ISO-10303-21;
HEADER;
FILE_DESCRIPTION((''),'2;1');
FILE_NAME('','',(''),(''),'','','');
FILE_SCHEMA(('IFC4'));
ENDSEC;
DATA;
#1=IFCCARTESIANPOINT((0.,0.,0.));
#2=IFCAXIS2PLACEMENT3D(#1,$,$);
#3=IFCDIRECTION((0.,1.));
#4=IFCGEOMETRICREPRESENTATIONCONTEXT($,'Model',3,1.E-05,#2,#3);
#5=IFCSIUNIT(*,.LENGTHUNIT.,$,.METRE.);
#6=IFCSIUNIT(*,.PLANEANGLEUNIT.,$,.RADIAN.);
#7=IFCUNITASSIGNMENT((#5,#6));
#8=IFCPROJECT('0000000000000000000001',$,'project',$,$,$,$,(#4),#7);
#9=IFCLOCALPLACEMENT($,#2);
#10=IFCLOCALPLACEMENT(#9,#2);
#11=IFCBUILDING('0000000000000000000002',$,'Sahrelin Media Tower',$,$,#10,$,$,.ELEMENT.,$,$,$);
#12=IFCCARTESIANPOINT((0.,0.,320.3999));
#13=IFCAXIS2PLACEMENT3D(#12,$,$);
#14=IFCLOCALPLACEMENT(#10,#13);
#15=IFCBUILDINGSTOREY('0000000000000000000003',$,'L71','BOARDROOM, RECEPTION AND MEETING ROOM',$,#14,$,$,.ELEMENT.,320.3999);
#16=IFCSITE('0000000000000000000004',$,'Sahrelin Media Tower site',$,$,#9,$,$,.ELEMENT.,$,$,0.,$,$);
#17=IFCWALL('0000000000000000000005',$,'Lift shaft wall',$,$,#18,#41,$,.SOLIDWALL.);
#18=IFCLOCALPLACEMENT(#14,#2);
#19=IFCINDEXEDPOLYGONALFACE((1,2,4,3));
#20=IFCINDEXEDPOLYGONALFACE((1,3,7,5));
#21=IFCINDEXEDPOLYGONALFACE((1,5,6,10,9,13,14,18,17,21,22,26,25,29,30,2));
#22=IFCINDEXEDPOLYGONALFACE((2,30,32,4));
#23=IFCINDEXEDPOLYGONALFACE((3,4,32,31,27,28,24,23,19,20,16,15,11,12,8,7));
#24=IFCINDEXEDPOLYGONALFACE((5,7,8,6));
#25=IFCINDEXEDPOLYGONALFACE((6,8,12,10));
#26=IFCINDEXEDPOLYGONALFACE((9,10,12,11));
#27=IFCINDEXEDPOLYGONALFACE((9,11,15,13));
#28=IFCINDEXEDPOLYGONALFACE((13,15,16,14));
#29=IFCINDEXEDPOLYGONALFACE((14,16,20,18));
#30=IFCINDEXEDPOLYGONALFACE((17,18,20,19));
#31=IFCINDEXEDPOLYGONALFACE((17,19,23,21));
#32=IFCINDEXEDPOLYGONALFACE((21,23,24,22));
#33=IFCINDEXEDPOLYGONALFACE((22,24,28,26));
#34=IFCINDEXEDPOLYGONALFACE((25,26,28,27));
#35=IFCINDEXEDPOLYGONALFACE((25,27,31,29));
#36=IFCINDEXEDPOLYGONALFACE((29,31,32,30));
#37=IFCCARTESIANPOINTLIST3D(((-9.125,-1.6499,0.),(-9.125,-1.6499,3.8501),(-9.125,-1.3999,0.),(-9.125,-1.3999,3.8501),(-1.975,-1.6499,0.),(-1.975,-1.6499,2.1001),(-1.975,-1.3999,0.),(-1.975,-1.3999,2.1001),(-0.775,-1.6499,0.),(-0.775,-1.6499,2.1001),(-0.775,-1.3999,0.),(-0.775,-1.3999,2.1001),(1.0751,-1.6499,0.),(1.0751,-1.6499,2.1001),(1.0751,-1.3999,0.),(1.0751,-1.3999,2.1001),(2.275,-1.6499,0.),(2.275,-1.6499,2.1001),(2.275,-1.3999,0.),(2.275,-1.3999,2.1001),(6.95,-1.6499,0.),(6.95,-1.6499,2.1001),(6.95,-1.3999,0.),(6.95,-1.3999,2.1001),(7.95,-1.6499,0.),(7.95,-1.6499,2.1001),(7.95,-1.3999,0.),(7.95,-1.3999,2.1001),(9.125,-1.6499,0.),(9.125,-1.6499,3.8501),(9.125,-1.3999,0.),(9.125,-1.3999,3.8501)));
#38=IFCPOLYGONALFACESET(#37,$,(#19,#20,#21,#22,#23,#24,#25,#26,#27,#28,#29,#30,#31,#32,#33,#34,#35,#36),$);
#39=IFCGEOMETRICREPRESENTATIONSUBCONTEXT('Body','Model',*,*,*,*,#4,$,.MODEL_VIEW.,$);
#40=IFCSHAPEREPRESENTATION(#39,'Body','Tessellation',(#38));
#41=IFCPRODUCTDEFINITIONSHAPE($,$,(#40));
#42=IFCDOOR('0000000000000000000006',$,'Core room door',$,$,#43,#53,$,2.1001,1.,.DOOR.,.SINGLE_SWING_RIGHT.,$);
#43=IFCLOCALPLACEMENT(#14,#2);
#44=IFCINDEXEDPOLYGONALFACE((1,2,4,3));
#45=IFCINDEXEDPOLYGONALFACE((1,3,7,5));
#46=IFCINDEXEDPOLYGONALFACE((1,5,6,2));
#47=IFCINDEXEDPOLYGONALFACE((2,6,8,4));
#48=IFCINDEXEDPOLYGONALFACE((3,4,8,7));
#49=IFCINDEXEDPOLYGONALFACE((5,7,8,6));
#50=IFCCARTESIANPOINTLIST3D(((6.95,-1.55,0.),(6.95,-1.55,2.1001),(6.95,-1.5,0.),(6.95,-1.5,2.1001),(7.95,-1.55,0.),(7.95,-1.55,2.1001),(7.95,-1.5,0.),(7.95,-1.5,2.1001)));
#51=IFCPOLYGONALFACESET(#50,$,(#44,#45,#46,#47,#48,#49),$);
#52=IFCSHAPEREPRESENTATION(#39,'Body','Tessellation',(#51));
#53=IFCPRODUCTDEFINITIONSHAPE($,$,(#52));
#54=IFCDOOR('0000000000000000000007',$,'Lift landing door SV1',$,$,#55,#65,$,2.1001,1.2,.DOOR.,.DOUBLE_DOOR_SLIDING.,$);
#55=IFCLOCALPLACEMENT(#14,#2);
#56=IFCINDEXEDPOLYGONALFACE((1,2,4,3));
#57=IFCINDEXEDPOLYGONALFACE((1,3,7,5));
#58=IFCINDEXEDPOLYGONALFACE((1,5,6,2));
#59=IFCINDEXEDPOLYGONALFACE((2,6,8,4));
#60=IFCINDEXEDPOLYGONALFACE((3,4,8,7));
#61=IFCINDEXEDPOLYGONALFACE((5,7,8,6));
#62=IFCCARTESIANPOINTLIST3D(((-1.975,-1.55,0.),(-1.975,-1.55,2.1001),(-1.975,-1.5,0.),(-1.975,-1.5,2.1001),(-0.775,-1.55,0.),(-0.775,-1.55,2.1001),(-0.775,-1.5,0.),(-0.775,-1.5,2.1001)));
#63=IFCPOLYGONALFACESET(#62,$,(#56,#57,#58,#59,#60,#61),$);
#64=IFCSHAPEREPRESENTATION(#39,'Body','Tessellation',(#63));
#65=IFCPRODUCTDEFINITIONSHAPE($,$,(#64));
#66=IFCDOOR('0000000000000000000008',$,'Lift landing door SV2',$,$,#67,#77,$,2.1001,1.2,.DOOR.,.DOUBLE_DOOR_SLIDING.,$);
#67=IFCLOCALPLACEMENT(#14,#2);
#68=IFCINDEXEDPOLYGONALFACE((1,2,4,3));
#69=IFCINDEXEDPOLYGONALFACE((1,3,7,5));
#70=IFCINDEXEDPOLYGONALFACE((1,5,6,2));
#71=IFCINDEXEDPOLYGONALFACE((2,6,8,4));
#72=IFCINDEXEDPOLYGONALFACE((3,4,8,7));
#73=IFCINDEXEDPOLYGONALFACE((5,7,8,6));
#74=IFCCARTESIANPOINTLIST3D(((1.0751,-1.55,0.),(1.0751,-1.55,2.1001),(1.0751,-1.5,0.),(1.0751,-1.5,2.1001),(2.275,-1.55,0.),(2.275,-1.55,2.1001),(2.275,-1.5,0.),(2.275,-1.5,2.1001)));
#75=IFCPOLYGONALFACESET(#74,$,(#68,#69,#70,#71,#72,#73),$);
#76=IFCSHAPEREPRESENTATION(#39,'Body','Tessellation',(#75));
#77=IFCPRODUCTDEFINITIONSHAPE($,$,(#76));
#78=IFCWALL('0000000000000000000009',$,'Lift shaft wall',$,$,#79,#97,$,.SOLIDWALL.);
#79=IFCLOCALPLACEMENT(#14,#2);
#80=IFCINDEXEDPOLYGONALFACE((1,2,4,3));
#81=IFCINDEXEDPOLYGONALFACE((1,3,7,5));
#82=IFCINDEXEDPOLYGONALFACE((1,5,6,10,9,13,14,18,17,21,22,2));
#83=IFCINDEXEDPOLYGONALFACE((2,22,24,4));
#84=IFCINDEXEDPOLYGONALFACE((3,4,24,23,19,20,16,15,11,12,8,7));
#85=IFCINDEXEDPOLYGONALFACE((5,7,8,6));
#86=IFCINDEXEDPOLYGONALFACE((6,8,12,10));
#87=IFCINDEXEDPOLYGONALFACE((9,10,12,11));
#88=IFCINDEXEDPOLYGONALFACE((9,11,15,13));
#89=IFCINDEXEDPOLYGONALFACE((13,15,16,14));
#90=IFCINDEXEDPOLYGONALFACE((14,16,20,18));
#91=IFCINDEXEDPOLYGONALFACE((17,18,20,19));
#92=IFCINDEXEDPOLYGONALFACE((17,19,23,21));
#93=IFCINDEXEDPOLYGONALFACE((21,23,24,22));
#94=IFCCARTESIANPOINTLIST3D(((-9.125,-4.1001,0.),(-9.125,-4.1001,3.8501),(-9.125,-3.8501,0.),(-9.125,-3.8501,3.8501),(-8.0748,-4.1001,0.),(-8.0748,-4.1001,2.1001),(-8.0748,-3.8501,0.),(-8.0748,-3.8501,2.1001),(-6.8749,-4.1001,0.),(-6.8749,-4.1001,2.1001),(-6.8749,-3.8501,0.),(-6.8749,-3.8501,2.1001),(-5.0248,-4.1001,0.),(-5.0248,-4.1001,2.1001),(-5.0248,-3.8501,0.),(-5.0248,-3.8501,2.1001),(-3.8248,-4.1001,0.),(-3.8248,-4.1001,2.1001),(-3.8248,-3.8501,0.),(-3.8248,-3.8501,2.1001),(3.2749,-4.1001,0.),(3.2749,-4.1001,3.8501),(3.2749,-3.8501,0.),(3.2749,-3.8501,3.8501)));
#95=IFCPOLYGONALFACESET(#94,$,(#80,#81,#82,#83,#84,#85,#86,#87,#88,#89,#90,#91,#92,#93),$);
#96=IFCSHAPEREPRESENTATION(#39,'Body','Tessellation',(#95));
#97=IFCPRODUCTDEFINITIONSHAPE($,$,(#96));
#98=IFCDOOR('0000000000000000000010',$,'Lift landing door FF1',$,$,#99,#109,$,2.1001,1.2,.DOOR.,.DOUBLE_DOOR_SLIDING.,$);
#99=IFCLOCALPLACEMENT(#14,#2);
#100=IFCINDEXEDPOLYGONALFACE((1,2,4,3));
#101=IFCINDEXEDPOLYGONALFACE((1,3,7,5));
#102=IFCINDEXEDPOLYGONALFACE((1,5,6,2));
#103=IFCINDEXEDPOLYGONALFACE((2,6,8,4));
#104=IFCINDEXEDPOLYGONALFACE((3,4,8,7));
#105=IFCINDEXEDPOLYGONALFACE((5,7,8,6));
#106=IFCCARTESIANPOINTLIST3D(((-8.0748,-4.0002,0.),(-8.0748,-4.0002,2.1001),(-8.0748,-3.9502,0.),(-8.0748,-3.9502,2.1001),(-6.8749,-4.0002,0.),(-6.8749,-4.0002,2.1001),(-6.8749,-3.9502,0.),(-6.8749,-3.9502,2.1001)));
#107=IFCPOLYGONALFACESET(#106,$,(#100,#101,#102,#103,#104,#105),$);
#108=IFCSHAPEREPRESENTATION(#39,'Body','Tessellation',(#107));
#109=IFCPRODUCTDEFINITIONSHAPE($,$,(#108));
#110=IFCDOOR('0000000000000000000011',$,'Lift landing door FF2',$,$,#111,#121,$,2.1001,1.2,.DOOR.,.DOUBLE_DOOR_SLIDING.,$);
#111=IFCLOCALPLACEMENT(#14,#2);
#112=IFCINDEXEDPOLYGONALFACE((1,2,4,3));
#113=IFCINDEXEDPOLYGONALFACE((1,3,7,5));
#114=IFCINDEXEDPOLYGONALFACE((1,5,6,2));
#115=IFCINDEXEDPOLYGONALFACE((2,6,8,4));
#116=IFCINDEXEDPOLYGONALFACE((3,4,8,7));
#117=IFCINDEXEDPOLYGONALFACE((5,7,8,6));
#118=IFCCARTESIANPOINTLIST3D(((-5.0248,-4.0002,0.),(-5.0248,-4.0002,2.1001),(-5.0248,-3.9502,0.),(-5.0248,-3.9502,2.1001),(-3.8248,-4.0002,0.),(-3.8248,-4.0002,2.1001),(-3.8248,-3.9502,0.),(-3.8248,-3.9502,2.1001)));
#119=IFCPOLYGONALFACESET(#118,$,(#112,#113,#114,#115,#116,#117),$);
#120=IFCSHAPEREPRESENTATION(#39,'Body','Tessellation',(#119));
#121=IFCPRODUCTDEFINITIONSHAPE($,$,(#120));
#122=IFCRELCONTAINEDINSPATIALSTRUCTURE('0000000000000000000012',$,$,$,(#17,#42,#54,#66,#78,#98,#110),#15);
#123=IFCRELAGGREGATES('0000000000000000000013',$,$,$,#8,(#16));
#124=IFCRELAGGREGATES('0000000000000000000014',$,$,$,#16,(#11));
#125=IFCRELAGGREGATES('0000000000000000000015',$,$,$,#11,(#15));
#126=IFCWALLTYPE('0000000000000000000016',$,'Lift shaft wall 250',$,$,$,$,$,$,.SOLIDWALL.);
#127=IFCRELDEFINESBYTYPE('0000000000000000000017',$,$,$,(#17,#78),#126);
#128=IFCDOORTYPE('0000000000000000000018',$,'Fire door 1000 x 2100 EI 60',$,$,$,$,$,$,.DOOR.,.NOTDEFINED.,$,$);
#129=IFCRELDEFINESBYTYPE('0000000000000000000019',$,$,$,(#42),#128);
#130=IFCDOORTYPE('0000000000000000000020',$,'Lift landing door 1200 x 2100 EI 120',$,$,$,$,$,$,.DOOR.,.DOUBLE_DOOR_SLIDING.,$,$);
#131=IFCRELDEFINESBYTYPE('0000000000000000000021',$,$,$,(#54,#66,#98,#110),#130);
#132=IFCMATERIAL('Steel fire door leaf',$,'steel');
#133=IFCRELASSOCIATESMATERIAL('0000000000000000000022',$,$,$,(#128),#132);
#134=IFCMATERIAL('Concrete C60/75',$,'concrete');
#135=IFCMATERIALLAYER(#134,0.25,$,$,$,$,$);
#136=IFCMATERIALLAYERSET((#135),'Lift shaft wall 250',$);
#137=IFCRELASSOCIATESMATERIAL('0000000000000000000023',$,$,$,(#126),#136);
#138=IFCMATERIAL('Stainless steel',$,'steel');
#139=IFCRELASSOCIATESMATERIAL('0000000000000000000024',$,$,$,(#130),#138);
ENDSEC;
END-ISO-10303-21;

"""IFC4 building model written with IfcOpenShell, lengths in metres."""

from ifc_helpers import new_model, si_unit, direction, frame, frame_2d, origin, place, context, subcontext, project, spatial, rectangle, extrude, material, layer, layer_set, type_object, element, fill, save


model = new_model("IFC4")

# Units and contexts
model_context = context("Model", 3, precision=1e-05, world=origin(), true_north=direction((0.0, 1.0)))
body_context = subcontext(model_context, "Body", "Model", "MODEL_VIEW")
ifc_project = project(units=[si_unit("LENGTHUNIT", "METRE"), si_unit("PLANEANGLEUNIT", "RADIAN")], contexts=[model_context])

# Site, building, storey
site_placement = place(None, origin())
site = spatial("IfcSite", under=ifc_project, at=site_placement, Name="Sahrelin Media Tower site", CompositionType="ELEMENT", RefElevation=0.0)
building_placement = place(site_placement, origin())
building = spatial("IfcBuilding", under=site, at=building_placement, Name="Sahrelin Media Tower", CompositionType="ELEMENT")
storey_placement = place(building_placement, frame((0.0, 0.0, 320.3999)))
storey = spatial("IfcBuildingStorey", under=building, at=storey_placement, Name="L71", Description="BOARDROOM, RECEPTION AND MEETING ROOM", CompositionType="ELEMENT", Elevation=320.3999)

# Shared definitions
ifc_material_1 = material(Name="Concrete C60/75", Category="concrete")

# Shared definitions
ifc_material_2 = material(Name="Steel fire door leaf", Category="steel")
door_type_1 = type_object("IfcDoorType", Name="Fire door 1000 x 2100 EI 60", OperationType="NOTDEFINED", PredefinedType="DOOR", material=ifc_material_2)

# Walls, openings, doors
ifc_layer_1 = layer(ifc_material_1, 0.25)
ifc_layer_set_1 = layer_set([ifc_layer_1], Name="Lift shaft wall 250")
wall_type_1 = type_object("IfcWallType", Name="Lift shaft wall 250", PredefinedType="SOLIDWALL", material=ifc_layer_set_1)
wall_1_placement = place(storey_placement, frame((-9.125, -1.5249, 0.0), z_axis=(0.0, 0.0, 1.0), x_axis=(1.0, 0.0, 0.0)))
wall_1 = element("IfcWall", 1, at=wall_1_placement, inside=storey, type_object=wall_type_1, Name="Lift shaft wall", PredefinedType="SOLIDWALL", context=body_context, shape_type="SweptSolid", body=[
    extrude(rectangle(XDim=18.25, YDim=0.25, at=frame_2d((9.125, 0.0))), origin(), (0.0, 0.0, 1.0), 3.8501),
])
opening_1_placement = place(wall_1_placement, frame((7.1499, 0.0, 0.0)))
opening_1 = element("IfcOpeningElement", 2, at=opening_1_placement, cuts=wall_1, PredefinedType="OPENING", context=body_context, shape_type="SweptSolid", body=[
    extrude(rectangle(XDim=1.2, YDim=2.1001, at=frame_2d((0.6001, 1.05))), frame((0.0, 0.125, 0.0), z_axis=(0.0, -1.0, 0.0), x_axis=(1.0, 0.0, 0.0)), (0.0, 0.0, 1.0), 0.25),
])
opening_2_placement = place(wall_1_placement, frame((10.2, 0.0, 0.0)))
opening_2 = element("IfcOpeningElement", 3, at=opening_2_placement, cuts=wall_1, PredefinedType="OPENING", context=body_context, shape_type="SweptSolid", body=[
    extrude(rectangle(XDim=1.2, YDim=2.1001, at=frame_2d((0.6001, 1.05))), frame((0.0, 0.125, 0.0), z_axis=(0.0, -1.0, 0.0), x_axis=(1.0, 0.0, 0.0)), (0.0, 0.0, 1.0), 0.25),
])
opening_3_placement = place(wall_1_placement, frame((16.075, 0.0, 0.0)))
opening_3 = element("IfcOpeningElement", 4, at=opening_3_placement, cuts=wall_1, PredefinedType="OPENING", context=body_context, shape_type="SweptSolid", body=[
    extrude(rectangle(XDim=1.0, YDim=2.1001, at=frame_2d((0.5, 1.05))), frame((0.0, 0.125, 0.0), z_axis=(0.0, -1.0, 0.0), x_axis=(1.0, 0.0, 0.0)), (0.0, 0.0, 1.0), 0.25),
])
door_1_placement = place(opening_3_placement, origin())
door_1 = element("IfcDoor", 5, at=door_1_placement, inside=storey, type_object=door_type_1, Name="Core room door", OperationType="SINGLE_SWING_RIGHT", OverallHeight=2.1001, OverallWidth=1.0, PredefinedType="DOOR", context=body_context, shape_type="SweptSolid", body=[
    extrude(rectangle(XDim=1.0, YDim=2.1001, at=frame_2d((0.5, 1.05))), frame((0.0, 0.0249, 0.0), z_axis=(0.0, -1.0, 0.0), x_axis=(1.0, 0.0, 0.0)), (0.0, 0.0, 1.0), 0.05),
])
fill(opening_3, door_1)
ifc_material_3 = material(Name="Stainless steel", Category="steel")
door_type_2 = type_object("IfcDoorType", Name="Lift landing door 1200 x 2100 EI 120", OperationType="DOUBLE_DOOR_SLIDING", PredefinedType="DOOR", material=ifc_material_3)
door_2_placement = place(opening_1_placement, origin())
door_2 = element("IfcDoor", 6, at=door_2_placement, inside=storey, type_object=door_type_2, Name="Lift landing door SV1", OperationType="DOUBLE_DOOR_SLIDING", OverallHeight=2.1001, OverallWidth=1.2, PredefinedType="DOOR", context=body_context, shape_type="SweptSolid", body=[
    extrude(rectangle(XDim=1.2, YDim=2.1001, at=frame_2d((0.6001, 1.05))), frame((0.0, 0.0249, 0.0), z_axis=(0.0, -1.0, 0.0), x_axis=(1.0, 0.0, 0.0)), (0.0, 0.0, 1.0), 0.05),
])
fill(opening_1, door_2)
door_3_placement = place(opening_2_placement, origin())
door_3 = element("IfcDoor", 7, at=door_3_placement, inside=storey, type_object=door_type_2, Name="Lift landing door SV2", OperationType="DOUBLE_DOOR_SLIDING", OverallHeight=2.1001, OverallWidth=1.2, PredefinedType="DOOR", context=body_context, shape_type="SweptSolid", body=[
    extrude(rectangle(XDim=1.2, YDim=2.1001, at=frame_2d((0.6001, 1.05))), frame((0.0, 0.0249, 0.0), z_axis=(0.0, -1.0, 0.0), x_axis=(1.0, 0.0, 0.0)), (0.0, 0.0, 1.0), 0.05),
])
fill(opening_2, door_3)
wall_2_placement = place(storey_placement, frame((-9.125, -3.9751, 0.0), z_axis=(0.0, 0.0, 1.0), x_axis=(1.0, 0.0, 0.0)))
wall_2 = element("IfcWall", 8, at=wall_2_placement, inside=storey, type_object=wall_type_1, Name="Lift shaft wall", PredefinedType="SOLIDWALL", context=body_context, shape_type="SweptSolid", body=[
    extrude(rectangle(XDim=12.3999, YDim=0.25, at=frame_2d((6.2, 0.0))), origin(), (0.0, 0.0, 1.0), 3.8501),
])
opening_4_placement = place(wall_2_placement, frame((1.05, 0.0, 0.0)))
opening_4 = element("IfcOpeningElement", 9, at=opening_4_placement, cuts=wall_2, PredefinedType="OPENING", context=body_context, shape_type="SweptSolid", body=[
    extrude(rectangle(XDim=1.2, YDim=2.1001, at=frame_2d((0.6001, 1.05))), frame((0.0, 0.125, 0.0), z_axis=(0.0, -1.0, 0.0), x_axis=(1.0, 0.0, 0.0)), (0.0, 0.0, 1.0), 0.25),
])
opening_5_placement = place(wall_2_placement, frame((4.1001, 0.0, 0.0)))
opening_5 = element("IfcOpeningElement", 10, at=opening_5_placement, cuts=wall_2, PredefinedType="OPENING", context=body_context, shape_type="SweptSolid", body=[
    extrude(rectangle(XDim=1.2, YDim=2.1001, at=frame_2d((0.6001, 1.05))), frame((0.0, 0.125, 0.0), z_axis=(0.0, -1.0, 0.0), x_axis=(1.0, 0.0, 0.0)), (0.0, 0.0, 1.0), 0.25),
])
door_4_placement = place(opening_4_placement, origin())
door_4 = element("IfcDoor", 11, at=door_4_placement, inside=storey, type_object=door_type_2, Name="Lift landing door FF1", OperationType="DOUBLE_DOOR_SLIDING", OverallHeight=2.1001, OverallWidth=1.2, PredefinedType="DOOR", context=body_context, shape_type="SweptSolid", body=[
    extrude(rectangle(XDim=1.2, YDim=2.1001, at=frame_2d((0.6001, 1.05))), frame((0.0, 0.0249, 0.0), z_axis=(0.0, -1.0, 0.0), x_axis=(1.0, 0.0, 0.0)), (0.0, 0.0, 1.0), 0.05),
])
fill(opening_4, door_4)
door_5_placement = place(opening_5_placement, origin())
door_5 = element("IfcDoor", 12, at=door_5_placement, inside=storey, type_object=door_type_2, Name="Lift landing door FF2", OperationType="DOUBLE_DOOR_SLIDING", OverallHeight=2.1001, OverallWidth=1.2, PredefinedType="DOOR", context=body_context, shape_type="SweptSolid", body=[
    extrude(rectangle(XDim=1.2, YDim=2.1001, at=frame_2d((0.6001, 1.05))), frame((0.0, 0.0249, 0.0), z_axis=(0.0, -1.0, 0.0), x_axis=(1.0, 0.0, 0.0)), (0.0, 0.0, 1.0), 0.05),
])
fill(opening_5, door_5)

save(model, "model.ifc")
